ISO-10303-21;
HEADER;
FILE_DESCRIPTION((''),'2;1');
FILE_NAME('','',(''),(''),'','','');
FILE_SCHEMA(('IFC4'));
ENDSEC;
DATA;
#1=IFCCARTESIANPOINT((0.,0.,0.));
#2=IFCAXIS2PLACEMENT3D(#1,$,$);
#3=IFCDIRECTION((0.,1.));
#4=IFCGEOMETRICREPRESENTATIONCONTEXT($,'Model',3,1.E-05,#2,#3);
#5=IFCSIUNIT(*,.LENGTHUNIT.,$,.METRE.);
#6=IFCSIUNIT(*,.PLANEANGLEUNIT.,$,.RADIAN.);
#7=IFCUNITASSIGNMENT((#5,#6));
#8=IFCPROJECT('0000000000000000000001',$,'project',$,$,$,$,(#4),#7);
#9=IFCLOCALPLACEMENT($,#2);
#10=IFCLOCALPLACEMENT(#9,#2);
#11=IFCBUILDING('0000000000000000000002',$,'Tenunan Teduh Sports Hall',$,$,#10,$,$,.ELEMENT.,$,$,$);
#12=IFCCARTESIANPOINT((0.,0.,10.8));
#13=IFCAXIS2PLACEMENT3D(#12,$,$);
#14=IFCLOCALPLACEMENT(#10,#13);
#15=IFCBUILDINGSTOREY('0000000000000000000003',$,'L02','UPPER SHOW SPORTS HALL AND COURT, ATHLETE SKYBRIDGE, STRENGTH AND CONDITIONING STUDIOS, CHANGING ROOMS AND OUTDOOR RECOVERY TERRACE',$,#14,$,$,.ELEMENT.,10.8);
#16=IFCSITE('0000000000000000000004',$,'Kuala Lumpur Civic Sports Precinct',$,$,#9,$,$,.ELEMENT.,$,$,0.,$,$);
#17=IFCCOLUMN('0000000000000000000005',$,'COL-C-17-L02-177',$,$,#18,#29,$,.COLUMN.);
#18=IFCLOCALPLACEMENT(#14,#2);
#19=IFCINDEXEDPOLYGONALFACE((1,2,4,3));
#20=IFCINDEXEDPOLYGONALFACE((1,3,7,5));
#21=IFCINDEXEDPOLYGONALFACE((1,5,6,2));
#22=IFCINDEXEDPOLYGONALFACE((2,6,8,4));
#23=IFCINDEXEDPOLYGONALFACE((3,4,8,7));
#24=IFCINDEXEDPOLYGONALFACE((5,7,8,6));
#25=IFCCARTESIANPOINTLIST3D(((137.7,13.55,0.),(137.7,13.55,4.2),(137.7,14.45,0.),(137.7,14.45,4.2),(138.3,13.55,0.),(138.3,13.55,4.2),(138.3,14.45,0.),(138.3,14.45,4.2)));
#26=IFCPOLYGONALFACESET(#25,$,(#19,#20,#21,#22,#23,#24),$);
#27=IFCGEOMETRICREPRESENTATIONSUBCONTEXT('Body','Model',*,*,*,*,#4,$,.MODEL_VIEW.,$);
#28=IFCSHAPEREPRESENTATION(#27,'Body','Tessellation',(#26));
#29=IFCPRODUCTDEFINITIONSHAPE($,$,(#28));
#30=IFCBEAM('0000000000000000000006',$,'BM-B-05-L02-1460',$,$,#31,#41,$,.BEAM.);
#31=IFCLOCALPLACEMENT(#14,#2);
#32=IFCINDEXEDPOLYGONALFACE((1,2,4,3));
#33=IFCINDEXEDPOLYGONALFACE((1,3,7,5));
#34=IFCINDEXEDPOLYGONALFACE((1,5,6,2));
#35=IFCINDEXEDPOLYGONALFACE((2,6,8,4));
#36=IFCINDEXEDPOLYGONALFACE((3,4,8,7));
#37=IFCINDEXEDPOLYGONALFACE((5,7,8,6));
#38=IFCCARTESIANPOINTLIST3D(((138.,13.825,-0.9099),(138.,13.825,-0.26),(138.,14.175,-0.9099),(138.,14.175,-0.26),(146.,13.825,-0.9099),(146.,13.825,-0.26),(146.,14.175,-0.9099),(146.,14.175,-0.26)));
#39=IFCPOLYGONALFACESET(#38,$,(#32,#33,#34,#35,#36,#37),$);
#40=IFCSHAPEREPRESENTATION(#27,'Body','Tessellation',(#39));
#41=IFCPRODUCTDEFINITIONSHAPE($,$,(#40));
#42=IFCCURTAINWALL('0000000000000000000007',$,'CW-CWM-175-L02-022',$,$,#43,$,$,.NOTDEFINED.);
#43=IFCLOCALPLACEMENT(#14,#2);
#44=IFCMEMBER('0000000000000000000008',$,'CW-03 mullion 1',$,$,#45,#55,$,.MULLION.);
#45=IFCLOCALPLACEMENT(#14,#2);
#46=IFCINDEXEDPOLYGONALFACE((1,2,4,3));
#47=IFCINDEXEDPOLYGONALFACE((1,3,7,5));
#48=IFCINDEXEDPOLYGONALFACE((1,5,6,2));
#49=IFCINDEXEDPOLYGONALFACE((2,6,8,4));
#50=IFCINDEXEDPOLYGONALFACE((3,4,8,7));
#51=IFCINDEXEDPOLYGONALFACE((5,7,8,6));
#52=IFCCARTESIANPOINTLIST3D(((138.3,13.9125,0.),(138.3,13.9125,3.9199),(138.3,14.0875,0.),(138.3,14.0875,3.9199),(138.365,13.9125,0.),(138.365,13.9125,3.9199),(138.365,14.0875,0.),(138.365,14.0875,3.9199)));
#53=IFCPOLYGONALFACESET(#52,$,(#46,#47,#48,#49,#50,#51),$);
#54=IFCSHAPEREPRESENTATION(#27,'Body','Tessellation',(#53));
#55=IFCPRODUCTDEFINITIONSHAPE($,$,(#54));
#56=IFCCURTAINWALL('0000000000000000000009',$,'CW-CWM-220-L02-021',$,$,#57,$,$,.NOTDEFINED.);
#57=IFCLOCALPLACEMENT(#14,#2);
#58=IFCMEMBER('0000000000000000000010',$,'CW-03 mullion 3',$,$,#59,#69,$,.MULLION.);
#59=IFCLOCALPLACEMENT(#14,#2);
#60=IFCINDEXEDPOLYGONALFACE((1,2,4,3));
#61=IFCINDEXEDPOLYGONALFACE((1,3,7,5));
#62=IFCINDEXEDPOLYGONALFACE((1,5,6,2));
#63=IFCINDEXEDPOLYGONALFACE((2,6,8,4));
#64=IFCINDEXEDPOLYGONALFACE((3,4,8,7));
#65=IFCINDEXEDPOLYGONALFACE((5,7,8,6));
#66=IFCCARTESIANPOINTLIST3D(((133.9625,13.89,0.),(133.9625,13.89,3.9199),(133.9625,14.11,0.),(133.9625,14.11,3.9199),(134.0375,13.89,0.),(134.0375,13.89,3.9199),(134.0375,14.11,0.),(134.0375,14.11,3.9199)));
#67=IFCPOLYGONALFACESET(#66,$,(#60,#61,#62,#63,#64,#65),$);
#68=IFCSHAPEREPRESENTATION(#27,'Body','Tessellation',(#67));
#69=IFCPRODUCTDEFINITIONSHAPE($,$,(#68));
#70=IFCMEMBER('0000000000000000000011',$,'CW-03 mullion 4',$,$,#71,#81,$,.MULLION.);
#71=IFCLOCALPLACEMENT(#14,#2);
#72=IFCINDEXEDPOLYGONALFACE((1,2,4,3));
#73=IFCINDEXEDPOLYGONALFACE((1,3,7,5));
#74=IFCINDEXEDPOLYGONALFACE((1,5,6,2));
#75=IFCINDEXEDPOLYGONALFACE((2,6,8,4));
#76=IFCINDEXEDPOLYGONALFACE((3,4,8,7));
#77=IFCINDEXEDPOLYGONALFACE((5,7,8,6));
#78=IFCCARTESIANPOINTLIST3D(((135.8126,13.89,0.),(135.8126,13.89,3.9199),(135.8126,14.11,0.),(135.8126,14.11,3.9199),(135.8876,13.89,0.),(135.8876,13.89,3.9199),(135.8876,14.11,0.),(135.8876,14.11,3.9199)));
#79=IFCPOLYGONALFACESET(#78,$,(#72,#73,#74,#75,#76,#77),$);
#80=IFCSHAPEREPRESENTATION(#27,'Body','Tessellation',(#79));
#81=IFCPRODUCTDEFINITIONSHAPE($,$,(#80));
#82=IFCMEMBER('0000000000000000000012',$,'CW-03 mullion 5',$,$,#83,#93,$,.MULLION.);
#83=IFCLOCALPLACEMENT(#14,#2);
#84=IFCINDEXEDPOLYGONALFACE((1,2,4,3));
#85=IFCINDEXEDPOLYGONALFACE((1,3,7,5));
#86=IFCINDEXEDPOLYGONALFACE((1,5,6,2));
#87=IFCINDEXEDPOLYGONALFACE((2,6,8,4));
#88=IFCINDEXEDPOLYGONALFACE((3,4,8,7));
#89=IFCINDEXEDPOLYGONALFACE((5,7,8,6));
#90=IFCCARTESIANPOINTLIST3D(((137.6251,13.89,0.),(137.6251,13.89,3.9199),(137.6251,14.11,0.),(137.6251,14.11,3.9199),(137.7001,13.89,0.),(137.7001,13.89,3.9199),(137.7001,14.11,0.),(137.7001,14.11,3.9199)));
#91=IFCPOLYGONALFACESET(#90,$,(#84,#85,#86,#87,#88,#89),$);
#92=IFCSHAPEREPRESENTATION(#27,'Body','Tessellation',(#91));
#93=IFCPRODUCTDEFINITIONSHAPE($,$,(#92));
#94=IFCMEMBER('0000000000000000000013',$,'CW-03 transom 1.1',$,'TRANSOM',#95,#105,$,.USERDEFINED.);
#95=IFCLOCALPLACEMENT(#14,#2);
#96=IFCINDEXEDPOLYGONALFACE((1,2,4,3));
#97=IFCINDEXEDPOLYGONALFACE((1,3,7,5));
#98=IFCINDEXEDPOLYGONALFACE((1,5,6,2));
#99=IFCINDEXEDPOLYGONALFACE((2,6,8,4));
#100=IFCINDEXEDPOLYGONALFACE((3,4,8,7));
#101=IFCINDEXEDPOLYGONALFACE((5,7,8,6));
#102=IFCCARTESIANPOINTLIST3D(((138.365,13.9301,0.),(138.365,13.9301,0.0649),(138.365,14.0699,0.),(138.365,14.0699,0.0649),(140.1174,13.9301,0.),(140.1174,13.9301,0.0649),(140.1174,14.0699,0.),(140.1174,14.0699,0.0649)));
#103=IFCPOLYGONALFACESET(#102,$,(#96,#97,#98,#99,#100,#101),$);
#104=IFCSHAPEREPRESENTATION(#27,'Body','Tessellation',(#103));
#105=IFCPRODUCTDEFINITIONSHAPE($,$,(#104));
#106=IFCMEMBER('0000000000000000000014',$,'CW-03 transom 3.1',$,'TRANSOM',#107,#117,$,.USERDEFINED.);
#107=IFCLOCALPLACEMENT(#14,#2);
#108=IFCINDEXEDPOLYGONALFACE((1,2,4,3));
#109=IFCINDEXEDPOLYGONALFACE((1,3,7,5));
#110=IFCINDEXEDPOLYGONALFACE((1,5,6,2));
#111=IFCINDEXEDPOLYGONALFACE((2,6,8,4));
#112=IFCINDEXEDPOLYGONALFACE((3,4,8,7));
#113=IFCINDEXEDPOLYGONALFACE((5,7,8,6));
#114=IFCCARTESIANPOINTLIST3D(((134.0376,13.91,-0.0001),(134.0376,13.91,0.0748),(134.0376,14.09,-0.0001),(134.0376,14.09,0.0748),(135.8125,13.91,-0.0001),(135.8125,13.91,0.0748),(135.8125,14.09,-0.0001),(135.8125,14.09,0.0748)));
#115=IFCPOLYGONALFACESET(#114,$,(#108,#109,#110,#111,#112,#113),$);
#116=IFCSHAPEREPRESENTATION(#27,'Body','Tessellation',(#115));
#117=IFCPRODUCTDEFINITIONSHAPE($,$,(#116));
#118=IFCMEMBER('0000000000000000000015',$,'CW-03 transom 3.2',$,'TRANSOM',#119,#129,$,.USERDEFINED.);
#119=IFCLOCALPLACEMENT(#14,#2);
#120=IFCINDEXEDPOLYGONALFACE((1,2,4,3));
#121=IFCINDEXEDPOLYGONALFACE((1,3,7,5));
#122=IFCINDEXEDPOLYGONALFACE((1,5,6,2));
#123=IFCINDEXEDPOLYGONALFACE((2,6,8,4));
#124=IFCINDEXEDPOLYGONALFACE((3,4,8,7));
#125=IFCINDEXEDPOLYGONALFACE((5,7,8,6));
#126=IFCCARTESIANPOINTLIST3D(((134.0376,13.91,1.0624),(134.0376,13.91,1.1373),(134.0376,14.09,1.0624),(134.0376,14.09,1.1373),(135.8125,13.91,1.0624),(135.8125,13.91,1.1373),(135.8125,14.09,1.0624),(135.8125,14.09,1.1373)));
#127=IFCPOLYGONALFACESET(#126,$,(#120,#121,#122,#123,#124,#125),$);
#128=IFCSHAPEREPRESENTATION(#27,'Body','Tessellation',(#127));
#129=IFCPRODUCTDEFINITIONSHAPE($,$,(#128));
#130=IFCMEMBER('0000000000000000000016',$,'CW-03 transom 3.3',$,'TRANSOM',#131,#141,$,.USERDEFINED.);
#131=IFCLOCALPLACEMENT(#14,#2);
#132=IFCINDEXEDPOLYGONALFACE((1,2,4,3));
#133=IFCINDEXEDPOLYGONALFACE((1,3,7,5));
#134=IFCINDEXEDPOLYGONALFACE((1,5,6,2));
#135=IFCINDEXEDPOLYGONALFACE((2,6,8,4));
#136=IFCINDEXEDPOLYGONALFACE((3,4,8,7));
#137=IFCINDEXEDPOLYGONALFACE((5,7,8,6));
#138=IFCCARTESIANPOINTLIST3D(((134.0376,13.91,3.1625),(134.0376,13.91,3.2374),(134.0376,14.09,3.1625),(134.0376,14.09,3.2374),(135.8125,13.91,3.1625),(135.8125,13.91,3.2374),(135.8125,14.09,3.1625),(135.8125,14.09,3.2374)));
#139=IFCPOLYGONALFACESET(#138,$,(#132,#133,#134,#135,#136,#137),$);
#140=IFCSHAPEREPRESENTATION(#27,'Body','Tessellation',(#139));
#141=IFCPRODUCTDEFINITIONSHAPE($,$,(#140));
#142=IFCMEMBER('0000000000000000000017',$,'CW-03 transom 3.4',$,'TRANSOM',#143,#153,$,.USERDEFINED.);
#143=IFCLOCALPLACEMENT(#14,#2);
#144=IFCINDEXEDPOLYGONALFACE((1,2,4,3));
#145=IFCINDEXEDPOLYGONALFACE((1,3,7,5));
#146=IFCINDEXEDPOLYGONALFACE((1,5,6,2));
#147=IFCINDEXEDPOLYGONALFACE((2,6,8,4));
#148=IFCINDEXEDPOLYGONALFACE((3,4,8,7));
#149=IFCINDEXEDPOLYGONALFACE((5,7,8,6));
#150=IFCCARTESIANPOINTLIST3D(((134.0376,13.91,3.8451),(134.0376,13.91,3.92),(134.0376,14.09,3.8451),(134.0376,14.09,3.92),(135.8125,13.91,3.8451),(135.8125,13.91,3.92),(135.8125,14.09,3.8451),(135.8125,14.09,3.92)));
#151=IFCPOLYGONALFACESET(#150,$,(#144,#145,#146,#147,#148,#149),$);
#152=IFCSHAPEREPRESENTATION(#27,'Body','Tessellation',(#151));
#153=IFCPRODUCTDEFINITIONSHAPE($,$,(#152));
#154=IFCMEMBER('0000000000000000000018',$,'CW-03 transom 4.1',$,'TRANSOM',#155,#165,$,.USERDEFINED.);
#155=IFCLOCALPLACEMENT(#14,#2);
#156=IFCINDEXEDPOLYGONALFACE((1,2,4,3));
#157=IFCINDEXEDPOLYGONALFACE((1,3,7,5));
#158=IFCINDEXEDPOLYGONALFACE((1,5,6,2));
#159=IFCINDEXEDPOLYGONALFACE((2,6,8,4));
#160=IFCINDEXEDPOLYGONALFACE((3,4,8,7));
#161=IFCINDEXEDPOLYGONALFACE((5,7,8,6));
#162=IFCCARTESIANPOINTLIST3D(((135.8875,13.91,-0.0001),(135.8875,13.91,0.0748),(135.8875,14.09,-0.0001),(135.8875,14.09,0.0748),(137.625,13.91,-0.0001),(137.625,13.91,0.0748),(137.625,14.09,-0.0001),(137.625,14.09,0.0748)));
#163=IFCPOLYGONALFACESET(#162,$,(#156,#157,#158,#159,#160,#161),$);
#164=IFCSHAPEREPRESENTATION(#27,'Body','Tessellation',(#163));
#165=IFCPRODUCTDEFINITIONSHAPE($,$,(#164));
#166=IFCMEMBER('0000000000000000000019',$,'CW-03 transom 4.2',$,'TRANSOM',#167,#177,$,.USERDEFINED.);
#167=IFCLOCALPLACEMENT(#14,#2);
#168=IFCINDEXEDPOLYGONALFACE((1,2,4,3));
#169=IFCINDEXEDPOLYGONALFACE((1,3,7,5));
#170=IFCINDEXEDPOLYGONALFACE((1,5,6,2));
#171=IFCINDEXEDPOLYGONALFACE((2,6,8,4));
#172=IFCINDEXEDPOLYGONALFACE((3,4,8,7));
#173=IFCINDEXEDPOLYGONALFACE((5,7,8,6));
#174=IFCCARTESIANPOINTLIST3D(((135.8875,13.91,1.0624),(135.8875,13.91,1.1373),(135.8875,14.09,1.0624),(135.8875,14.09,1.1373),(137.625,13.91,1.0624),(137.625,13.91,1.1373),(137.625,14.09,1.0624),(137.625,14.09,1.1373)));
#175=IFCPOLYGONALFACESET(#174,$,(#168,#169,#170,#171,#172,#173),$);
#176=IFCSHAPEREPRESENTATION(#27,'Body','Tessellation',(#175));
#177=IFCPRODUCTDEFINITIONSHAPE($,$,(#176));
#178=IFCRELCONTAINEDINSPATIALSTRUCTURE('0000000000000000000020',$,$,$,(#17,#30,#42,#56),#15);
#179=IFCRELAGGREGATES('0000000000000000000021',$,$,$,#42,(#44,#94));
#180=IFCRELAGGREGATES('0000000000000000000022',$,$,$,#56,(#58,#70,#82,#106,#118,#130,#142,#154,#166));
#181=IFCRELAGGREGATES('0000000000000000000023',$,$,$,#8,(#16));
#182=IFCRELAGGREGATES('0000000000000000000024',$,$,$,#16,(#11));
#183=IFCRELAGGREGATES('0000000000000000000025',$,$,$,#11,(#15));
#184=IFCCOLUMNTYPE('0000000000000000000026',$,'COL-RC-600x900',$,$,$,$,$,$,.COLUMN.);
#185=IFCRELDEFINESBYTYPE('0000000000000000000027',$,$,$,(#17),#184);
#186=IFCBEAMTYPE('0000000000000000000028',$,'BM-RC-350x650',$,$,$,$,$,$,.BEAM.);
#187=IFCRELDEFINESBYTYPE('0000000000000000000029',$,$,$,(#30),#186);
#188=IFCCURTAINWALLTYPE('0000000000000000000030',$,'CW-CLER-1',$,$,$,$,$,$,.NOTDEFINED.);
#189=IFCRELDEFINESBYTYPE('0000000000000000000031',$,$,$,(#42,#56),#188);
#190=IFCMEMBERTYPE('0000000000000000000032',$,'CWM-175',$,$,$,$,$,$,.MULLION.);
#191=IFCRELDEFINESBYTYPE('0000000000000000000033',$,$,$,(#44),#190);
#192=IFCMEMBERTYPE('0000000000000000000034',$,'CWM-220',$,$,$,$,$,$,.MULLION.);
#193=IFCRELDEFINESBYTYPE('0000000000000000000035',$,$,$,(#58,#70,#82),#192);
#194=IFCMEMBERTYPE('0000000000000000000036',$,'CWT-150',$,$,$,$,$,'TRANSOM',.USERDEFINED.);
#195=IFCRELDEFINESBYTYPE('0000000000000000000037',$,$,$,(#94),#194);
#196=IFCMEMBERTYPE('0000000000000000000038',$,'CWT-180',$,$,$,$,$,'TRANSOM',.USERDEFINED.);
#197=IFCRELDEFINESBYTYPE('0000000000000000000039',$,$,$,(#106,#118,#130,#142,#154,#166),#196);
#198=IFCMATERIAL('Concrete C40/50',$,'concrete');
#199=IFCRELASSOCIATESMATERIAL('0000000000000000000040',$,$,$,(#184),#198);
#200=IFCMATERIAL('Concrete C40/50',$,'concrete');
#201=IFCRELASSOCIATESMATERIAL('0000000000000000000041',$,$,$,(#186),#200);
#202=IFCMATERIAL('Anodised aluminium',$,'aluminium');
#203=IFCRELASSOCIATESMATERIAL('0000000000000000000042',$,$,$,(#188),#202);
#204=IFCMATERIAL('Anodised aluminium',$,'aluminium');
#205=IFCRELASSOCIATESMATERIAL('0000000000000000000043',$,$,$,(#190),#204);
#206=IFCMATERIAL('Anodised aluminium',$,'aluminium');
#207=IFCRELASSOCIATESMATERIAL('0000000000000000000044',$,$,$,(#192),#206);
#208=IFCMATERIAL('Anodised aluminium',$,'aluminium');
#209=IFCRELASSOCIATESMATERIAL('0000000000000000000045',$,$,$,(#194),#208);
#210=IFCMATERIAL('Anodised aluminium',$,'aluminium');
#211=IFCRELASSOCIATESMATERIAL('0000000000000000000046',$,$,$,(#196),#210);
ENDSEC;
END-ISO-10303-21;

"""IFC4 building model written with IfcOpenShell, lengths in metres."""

from ifc_helpers import new_model, si_unit, direction, frame, origin, origin_2d, place, context, subcontext, project, spatial, rectangle, extrude, material, material_profile, profile_set, type_object, element, aggregate, save


model = new_model("IFC4")

# Units and contexts
model_context = context("Model", 3, precision=1e-05, world=origin(), true_north=direction((0.0, 1.0)))
body_context = subcontext(model_context, "Body", "Model", "MODEL_VIEW")
ifc_project = project(units=[si_unit("LENGTHUNIT", "METRE"), si_unit("PLANEANGLEUNIT", "RADIAN")], contexts=[model_context])

# Site, building, storey
site_placement = place(None, origin())
site = spatial("IfcSite", under=ifc_project, at=site_placement, Name="Kuala Lumpur Civic Sports Precinct", CompositionType="ELEMENT", RefElevation=0.0)
building_placement = place(site_placement, origin())
building = spatial("IfcBuilding", under=site, at=building_placement, Name="Tenunan Teduh Sports Hall", CompositionType="ELEMENT")
storey_placement = place(building_placement, frame((0.0, 0.0, 10.8)))
storey = spatial("IfcBuildingStorey", under=building, at=storey_placement, Name="L02", Description="UPPER SHOW SPORTS HALL AND COURT, ATHLETE SKYBRIDGE, STRENGTH AND CONDITIONING STUDIOS, CHANGING ROOMS AND OUTDOOR RECOVERY TERRACE", CompositionType="ELEMENT", Elevation=10.8)

# Column
ifc_material_1 = material(Name="Concrete C40/50", Category="concrete")
ifc_material_profile_1 = material_profile(ifc_material_1, rectangle(XDim=0.6001, YDim=0.8999, at=origin_2d()), Name="RC 600x900")
ifc_profile_set_1 = profile_set([ifc_material_profile_1], Name="Concrete C40/50")
column_type = type_object("IfcColumnType", Name="COL-RC-600x900", PredefinedType="COLUMN", material=ifc_profile_set_1)
column_placement = place(storey_placement, frame((138.0, 14.0, 0.0), z_axis=(0.0, 0.0, 1.0), x_axis=(1.0, 0.0, 0.0)))
element("IfcColumn", 1, at=column_placement, inside=storey, type_object=column_type, Name="COL-C-17-L02-177", PredefinedType="COLUMN", context=body_context, shape_type="SweptSolid", body=[
    extrude(rectangle(XDim=0.6001, YDim=0.8999, at=origin_2d()), origin(), (0.0, 0.0, 1.0), 4.2),
])

# Beam
ifc_material_2 = material(Name="Concrete C40/50", Category="concrete")
ifc_material_profile_2 = material_profile(ifc_material_2, rectangle(XDim=0.3501, YDim=0.6499, at=origin_2d()), Name="RCB 350x650")
ifc_profile_set_2 = profile_set([ifc_material_profile_2], Name="Concrete C40/50")
beam_type = type_object("IfcBeamType", Name="BM-RC-350x650", PredefinedType="BEAM", material=ifc_profile_set_2)
beam_placement = place(storey_placement, frame((138.0, 14.0, -0.585), z_axis=(1.0, 0.0, 0.0), x_axis=(0.0, 1.0, 0.0)))
element("IfcBeam", 2, at=beam_placement, inside=storey, type_object=beam_type, Name="BM-B-05-L02-1460", PredefinedType="BEAM", context=body_context, shape_type="SweptSolid", body=[
    extrude(rectangle(XDim=0.3501, YDim=0.6499, at=origin_2d()), origin(), (0.0, 0.0, 1.0), 8.0),
])

# Curtain wall, member
ifc_material_3 = material(Name="Anodised aluminium", Category="aluminium")
curtain_wall_type = type_object("IfcCurtainWallType", Name="CW-CLER-1", PredefinedType="NOTDEFINED", material=ifc_material_3)
curtain_wall_1_placement = place(storey_placement, origin())
curtain_wall_1 = element("IfcCurtainWall", 3, at=curtain_wall_1_placement, inside=storey, type_object=curtain_wall_type, Name="CW-CWM-175-L02-022", PredefinedType="NOTDEFINED")
ifc_material_4 = material(Name="Anodised aluminium", Category="aluminium")
ifc_material_profile_3 = material_profile(ifc_material_4, rectangle(XDim=0.0649, YDim=0.175, at=origin_2d()), Name="CWM 65x175")
ifc_profile_set_3 = profile_set([ifc_material_profile_3], Name="Anodised aluminium")
member_type_1 = type_object("IfcMemberType", Name="CWM-175", PredefinedType="MULLION", material=ifc_profile_set_3)
member_1_placement = place(storey_placement, frame((138.3325, 14.0, 0.0), z_axis=(0.0, 0.0, 1.0), x_axis=(1.0, 0.0, 0.0)))
member_1 = element("IfcMember", 4, at=member_1_placement, type_object=member_type_1, Name="CW-03 mullion 1", PredefinedType="MULLION", context=body_context, shape_type="SweptSolid", body=[
    extrude(rectangle(XDim=0.0649, YDim=0.175, at=origin_2d()), origin(), (0.0, 0.0, 1.0), 3.9199),
])

# Curtain wall, members
curtain_wall_2_placement = place(storey_placement, origin())
curtain_wall_2 = element("IfcCurtainWall", 5, at=curtain_wall_2_placement, inside=storey, type_object=curtain_wall_type, Name="CW-CWM-220-L02-021", PredefinedType="NOTDEFINED")
ifc_material_5 = material(Name="Anodised aluminium", Category="aluminium")
ifc_material_profile_4 = material_profile(ifc_material_5, rectangle(XDim=0.075, YDim=0.22, at=origin_2d()), Name="CWM 75x220")
ifc_profile_set_4 = profile_set([ifc_material_profile_4], Name="Anodised aluminium")
member_type_2 = type_object("IfcMemberType", Name="CWM-220", PredefinedType="MULLION", material=ifc_profile_set_4)
member_2_placement = place(storey_placement, frame((134.0, 14.0, 0.0), z_axis=(0.0, 0.0, 1.0), x_axis=(1.0, 0.0, 0.0)))
member_2 = element("IfcMember", 6, at=member_2_placement, type_object=member_type_2, Name="CW-03 mullion 3", PredefinedType="MULLION", context=body_context, shape_type="SweptSolid", body=[
    extrude(rectangle(XDim=0.075, YDim=0.22, at=origin_2d()), origin(), (0.0, 0.0, 1.0), 3.9199),
])
member_3_placement = place(storey_placement, frame((135.8501, 14.0, 0.0), z_axis=(0.0, 0.0, 1.0), x_axis=(1.0, 0.0, 0.0)))
member_3 = element("IfcMember", 7, at=member_3_placement, type_object=member_type_2, Name="CW-03 mullion 4", PredefinedType="MULLION", context=body_context, shape_type="SweptSolid", body=[
    extrude(rectangle(XDim=0.075, YDim=0.22, at=origin_2d()), origin(), (0.0, 0.0, 1.0), 3.9199),
])
member_4_placement = place(storey_placement, frame((137.6626, 14.0, 0.0), z_axis=(0.0, 0.0, 1.0), x_axis=(1.0, 0.0, 0.0)))
member_4 = element("IfcMember", 8, at=member_4_placement, type_object=member_type_2, Name="CW-03 mullion 5", PredefinedType="MULLION", context=body_context, shape_type="SweptSolid", body=[
    extrude(rectangle(XDim=0.075, YDim=0.22, at=origin_2d()), origin(), (0.0, 0.0, 1.0), 3.9199),
])

# Members
ifc_material_6 = material(Name="Anodised aluminium", Category="aluminium")
ifc_material_profile_5 = material_profile(ifc_material_6, rectangle(XDim=0.0649, YDim=0.1399, at=origin_2d()), Name="CWT 65x140")
ifc_profile_set_5 = profile_set([ifc_material_profile_5], Name="Anodised aluminium")
member_type_3 = type_object("IfcMemberType", Name="CWT-150", ElementType="TRANSOM", PredefinedType="USERDEFINED", material=ifc_profile_set_5)
member_5_placement = place(storey_placement, frame((138.365, 14.0, 0.0325), z_axis=(1.0, 0.0, 0.0), x_axis=(0.0, 0.0, 1.0)))
member_5 = element("IfcMember", 9, at=member_5_placement, type_object=member_type_3, Name="CW-03 transom 1.1", ObjectType="TRANSOM", PredefinedType="USERDEFINED", context=body_context, shape_type="SweptSolid", body=[
    extrude(rectangle(XDim=0.0649, YDim=0.1399, at=origin_2d()), origin(), (0.0, 0.0, 1.0), 1.7524),
])
aggregate(curtain_wall_1, [member_1, member_5])
ifc_material_7 = material(Name="Anodised aluminium", Category="aluminium")
ifc_material_profile_6 = material_profile(ifc_material_7, rectangle(XDim=0.075, YDim=0.1799, at=origin_2d()), Name="CWT 75x180")
ifc_profile_set_6 = profile_set([ifc_material_profile_6], Name="Anodised aluminium")
member_type_4 = type_object("IfcMemberType", Name="CWT-180", ElementType="TRANSOM", PredefinedType="USERDEFINED", material=ifc_profile_set_6)
member_6_placement = place(storey_placement, frame((134.0376, 14.0, 0.0374), z_axis=(1.0, 0.0, 0.0), x_axis=(0.0, 0.0, 1.0)))
member_6 = element("IfcMember", 10, at=member_6_placement, type_object=member_type_4, Name="CW-03 transom 3.1", ObjectType="TRANSOM", PredefinedType="USERDEFINED", context=body_context, shape_type="SweptSolid", body=[
    extrude(rectangle(XDim=0.075, YDim=0.1799, at=origin_2d()), origin(), (0.0, 0.0, 1.0), 1.7749),
])
member_7_placement = place(storey_placement, frame((134.0376, 14.0, 1.0999), z_axis=(1.0, 0.0, 0.0), x_axis=(0.0, 0.0, 1.0)))
member_7 = element("IfcMember", 11, at=member_7_placement, type_object=member_type_4, Name="CW-03 transom 3.2", ObjectType="TRANSOM", PredefinedType="USERDEFINED", context=body_context, shape_type="SweptSolid", body=[
    extrude(rectangle(XDim=0.075, YDim=0.1799, at=origin_2d()), origin(), (0.0, 0.0, 1.0), 1.7749),
])
member_8_placement = place(storey_placement, frame((134.0376, 14.0, 3.2), z_axis=(1.0, 0.0, 0.0), x_axis=(0.0, 0.0, 1.0)))
member_8 = element("IfcMember", 12, at=member_8_placement, type_object=member_type_4, Name="CW-03 transom 3.3", ObjectType="TRANSOM", PredefinedType="USERDEFINED", context=body_context, shape_type="SweptSolid", body=[
    extrude(rectangle(XDim=0.075, YDim=0.1799, at=origin_2d()), origin(), (0.0, 0.0, 1.0), 1.7749),
])
member_9_placement = place(storey_placement, frame((134.0376, 14.0, 3.8826), z_axis=(1.0, 0.0, 0.0), x_axis=(0.0, 0.0, 1.0)))
member_9 = element("IfcMember", 13, at=member_9_placement, type_object=member_type_4, Name="CW-03 transom 3.4", ObjectType="TRANSOM", PredefinedType="USERDEFINED", context=body_context, shape_type="SweptSolid", body=[
    extrude(rectangle(XDim=0.075, YDim=0.1799, at=origin_2d()), origin(), (0.0, 0.0, 1.0), 1.7749),
])
member_10_placement = place(storey_placement, frame((135.8875, 14.0, 0.0374), z_axis=(1.0, 0.0, 0.0), x_axis=(0.0, 0.0, 1.0)))
member_10 = element("IfcMember", 14, at=member_10_placement, type_object=member_type_4, Name="CW-03 transom 4.1", ObjectType="TRANSOM", PredefinedType="USERDEFINED", context=body_context, shape_type="SweptSolid", body=[
    extrude(rectangle(XDim=0.075, YDim=0.1799, at=origin_2d()), origin(), (0.0, 0.0, 1.0), 1.7375),
])
member_11_placement = place(storey_placement, frame((135.8875, 14.0, 1.0999), z_axis=(1.0, 0.0, 0.0), x_axis=(0.0, 0.0, 1.0)))
member_11 = element("IfcMember", 15, at=member_11_placement, type_object=member_type_4, Name="CW-03 transom 4.2", ObjectType="TRANSOM", PredefinedType="USERDEFINED", context=body_context, shape_type="SweptSolid", body=[
    extrude(rectangle(XDim=0.075, YDim=0.1799, at=origin_2d()), origin(), (0.0, 0.0, 1.0), 1.7375),
])

aggregate(curtain_wall_2, [member_2, member_3, member_4, member_6, member_7, member_8, member_9, member_10, member_11])

save(model, "model.ifc")
